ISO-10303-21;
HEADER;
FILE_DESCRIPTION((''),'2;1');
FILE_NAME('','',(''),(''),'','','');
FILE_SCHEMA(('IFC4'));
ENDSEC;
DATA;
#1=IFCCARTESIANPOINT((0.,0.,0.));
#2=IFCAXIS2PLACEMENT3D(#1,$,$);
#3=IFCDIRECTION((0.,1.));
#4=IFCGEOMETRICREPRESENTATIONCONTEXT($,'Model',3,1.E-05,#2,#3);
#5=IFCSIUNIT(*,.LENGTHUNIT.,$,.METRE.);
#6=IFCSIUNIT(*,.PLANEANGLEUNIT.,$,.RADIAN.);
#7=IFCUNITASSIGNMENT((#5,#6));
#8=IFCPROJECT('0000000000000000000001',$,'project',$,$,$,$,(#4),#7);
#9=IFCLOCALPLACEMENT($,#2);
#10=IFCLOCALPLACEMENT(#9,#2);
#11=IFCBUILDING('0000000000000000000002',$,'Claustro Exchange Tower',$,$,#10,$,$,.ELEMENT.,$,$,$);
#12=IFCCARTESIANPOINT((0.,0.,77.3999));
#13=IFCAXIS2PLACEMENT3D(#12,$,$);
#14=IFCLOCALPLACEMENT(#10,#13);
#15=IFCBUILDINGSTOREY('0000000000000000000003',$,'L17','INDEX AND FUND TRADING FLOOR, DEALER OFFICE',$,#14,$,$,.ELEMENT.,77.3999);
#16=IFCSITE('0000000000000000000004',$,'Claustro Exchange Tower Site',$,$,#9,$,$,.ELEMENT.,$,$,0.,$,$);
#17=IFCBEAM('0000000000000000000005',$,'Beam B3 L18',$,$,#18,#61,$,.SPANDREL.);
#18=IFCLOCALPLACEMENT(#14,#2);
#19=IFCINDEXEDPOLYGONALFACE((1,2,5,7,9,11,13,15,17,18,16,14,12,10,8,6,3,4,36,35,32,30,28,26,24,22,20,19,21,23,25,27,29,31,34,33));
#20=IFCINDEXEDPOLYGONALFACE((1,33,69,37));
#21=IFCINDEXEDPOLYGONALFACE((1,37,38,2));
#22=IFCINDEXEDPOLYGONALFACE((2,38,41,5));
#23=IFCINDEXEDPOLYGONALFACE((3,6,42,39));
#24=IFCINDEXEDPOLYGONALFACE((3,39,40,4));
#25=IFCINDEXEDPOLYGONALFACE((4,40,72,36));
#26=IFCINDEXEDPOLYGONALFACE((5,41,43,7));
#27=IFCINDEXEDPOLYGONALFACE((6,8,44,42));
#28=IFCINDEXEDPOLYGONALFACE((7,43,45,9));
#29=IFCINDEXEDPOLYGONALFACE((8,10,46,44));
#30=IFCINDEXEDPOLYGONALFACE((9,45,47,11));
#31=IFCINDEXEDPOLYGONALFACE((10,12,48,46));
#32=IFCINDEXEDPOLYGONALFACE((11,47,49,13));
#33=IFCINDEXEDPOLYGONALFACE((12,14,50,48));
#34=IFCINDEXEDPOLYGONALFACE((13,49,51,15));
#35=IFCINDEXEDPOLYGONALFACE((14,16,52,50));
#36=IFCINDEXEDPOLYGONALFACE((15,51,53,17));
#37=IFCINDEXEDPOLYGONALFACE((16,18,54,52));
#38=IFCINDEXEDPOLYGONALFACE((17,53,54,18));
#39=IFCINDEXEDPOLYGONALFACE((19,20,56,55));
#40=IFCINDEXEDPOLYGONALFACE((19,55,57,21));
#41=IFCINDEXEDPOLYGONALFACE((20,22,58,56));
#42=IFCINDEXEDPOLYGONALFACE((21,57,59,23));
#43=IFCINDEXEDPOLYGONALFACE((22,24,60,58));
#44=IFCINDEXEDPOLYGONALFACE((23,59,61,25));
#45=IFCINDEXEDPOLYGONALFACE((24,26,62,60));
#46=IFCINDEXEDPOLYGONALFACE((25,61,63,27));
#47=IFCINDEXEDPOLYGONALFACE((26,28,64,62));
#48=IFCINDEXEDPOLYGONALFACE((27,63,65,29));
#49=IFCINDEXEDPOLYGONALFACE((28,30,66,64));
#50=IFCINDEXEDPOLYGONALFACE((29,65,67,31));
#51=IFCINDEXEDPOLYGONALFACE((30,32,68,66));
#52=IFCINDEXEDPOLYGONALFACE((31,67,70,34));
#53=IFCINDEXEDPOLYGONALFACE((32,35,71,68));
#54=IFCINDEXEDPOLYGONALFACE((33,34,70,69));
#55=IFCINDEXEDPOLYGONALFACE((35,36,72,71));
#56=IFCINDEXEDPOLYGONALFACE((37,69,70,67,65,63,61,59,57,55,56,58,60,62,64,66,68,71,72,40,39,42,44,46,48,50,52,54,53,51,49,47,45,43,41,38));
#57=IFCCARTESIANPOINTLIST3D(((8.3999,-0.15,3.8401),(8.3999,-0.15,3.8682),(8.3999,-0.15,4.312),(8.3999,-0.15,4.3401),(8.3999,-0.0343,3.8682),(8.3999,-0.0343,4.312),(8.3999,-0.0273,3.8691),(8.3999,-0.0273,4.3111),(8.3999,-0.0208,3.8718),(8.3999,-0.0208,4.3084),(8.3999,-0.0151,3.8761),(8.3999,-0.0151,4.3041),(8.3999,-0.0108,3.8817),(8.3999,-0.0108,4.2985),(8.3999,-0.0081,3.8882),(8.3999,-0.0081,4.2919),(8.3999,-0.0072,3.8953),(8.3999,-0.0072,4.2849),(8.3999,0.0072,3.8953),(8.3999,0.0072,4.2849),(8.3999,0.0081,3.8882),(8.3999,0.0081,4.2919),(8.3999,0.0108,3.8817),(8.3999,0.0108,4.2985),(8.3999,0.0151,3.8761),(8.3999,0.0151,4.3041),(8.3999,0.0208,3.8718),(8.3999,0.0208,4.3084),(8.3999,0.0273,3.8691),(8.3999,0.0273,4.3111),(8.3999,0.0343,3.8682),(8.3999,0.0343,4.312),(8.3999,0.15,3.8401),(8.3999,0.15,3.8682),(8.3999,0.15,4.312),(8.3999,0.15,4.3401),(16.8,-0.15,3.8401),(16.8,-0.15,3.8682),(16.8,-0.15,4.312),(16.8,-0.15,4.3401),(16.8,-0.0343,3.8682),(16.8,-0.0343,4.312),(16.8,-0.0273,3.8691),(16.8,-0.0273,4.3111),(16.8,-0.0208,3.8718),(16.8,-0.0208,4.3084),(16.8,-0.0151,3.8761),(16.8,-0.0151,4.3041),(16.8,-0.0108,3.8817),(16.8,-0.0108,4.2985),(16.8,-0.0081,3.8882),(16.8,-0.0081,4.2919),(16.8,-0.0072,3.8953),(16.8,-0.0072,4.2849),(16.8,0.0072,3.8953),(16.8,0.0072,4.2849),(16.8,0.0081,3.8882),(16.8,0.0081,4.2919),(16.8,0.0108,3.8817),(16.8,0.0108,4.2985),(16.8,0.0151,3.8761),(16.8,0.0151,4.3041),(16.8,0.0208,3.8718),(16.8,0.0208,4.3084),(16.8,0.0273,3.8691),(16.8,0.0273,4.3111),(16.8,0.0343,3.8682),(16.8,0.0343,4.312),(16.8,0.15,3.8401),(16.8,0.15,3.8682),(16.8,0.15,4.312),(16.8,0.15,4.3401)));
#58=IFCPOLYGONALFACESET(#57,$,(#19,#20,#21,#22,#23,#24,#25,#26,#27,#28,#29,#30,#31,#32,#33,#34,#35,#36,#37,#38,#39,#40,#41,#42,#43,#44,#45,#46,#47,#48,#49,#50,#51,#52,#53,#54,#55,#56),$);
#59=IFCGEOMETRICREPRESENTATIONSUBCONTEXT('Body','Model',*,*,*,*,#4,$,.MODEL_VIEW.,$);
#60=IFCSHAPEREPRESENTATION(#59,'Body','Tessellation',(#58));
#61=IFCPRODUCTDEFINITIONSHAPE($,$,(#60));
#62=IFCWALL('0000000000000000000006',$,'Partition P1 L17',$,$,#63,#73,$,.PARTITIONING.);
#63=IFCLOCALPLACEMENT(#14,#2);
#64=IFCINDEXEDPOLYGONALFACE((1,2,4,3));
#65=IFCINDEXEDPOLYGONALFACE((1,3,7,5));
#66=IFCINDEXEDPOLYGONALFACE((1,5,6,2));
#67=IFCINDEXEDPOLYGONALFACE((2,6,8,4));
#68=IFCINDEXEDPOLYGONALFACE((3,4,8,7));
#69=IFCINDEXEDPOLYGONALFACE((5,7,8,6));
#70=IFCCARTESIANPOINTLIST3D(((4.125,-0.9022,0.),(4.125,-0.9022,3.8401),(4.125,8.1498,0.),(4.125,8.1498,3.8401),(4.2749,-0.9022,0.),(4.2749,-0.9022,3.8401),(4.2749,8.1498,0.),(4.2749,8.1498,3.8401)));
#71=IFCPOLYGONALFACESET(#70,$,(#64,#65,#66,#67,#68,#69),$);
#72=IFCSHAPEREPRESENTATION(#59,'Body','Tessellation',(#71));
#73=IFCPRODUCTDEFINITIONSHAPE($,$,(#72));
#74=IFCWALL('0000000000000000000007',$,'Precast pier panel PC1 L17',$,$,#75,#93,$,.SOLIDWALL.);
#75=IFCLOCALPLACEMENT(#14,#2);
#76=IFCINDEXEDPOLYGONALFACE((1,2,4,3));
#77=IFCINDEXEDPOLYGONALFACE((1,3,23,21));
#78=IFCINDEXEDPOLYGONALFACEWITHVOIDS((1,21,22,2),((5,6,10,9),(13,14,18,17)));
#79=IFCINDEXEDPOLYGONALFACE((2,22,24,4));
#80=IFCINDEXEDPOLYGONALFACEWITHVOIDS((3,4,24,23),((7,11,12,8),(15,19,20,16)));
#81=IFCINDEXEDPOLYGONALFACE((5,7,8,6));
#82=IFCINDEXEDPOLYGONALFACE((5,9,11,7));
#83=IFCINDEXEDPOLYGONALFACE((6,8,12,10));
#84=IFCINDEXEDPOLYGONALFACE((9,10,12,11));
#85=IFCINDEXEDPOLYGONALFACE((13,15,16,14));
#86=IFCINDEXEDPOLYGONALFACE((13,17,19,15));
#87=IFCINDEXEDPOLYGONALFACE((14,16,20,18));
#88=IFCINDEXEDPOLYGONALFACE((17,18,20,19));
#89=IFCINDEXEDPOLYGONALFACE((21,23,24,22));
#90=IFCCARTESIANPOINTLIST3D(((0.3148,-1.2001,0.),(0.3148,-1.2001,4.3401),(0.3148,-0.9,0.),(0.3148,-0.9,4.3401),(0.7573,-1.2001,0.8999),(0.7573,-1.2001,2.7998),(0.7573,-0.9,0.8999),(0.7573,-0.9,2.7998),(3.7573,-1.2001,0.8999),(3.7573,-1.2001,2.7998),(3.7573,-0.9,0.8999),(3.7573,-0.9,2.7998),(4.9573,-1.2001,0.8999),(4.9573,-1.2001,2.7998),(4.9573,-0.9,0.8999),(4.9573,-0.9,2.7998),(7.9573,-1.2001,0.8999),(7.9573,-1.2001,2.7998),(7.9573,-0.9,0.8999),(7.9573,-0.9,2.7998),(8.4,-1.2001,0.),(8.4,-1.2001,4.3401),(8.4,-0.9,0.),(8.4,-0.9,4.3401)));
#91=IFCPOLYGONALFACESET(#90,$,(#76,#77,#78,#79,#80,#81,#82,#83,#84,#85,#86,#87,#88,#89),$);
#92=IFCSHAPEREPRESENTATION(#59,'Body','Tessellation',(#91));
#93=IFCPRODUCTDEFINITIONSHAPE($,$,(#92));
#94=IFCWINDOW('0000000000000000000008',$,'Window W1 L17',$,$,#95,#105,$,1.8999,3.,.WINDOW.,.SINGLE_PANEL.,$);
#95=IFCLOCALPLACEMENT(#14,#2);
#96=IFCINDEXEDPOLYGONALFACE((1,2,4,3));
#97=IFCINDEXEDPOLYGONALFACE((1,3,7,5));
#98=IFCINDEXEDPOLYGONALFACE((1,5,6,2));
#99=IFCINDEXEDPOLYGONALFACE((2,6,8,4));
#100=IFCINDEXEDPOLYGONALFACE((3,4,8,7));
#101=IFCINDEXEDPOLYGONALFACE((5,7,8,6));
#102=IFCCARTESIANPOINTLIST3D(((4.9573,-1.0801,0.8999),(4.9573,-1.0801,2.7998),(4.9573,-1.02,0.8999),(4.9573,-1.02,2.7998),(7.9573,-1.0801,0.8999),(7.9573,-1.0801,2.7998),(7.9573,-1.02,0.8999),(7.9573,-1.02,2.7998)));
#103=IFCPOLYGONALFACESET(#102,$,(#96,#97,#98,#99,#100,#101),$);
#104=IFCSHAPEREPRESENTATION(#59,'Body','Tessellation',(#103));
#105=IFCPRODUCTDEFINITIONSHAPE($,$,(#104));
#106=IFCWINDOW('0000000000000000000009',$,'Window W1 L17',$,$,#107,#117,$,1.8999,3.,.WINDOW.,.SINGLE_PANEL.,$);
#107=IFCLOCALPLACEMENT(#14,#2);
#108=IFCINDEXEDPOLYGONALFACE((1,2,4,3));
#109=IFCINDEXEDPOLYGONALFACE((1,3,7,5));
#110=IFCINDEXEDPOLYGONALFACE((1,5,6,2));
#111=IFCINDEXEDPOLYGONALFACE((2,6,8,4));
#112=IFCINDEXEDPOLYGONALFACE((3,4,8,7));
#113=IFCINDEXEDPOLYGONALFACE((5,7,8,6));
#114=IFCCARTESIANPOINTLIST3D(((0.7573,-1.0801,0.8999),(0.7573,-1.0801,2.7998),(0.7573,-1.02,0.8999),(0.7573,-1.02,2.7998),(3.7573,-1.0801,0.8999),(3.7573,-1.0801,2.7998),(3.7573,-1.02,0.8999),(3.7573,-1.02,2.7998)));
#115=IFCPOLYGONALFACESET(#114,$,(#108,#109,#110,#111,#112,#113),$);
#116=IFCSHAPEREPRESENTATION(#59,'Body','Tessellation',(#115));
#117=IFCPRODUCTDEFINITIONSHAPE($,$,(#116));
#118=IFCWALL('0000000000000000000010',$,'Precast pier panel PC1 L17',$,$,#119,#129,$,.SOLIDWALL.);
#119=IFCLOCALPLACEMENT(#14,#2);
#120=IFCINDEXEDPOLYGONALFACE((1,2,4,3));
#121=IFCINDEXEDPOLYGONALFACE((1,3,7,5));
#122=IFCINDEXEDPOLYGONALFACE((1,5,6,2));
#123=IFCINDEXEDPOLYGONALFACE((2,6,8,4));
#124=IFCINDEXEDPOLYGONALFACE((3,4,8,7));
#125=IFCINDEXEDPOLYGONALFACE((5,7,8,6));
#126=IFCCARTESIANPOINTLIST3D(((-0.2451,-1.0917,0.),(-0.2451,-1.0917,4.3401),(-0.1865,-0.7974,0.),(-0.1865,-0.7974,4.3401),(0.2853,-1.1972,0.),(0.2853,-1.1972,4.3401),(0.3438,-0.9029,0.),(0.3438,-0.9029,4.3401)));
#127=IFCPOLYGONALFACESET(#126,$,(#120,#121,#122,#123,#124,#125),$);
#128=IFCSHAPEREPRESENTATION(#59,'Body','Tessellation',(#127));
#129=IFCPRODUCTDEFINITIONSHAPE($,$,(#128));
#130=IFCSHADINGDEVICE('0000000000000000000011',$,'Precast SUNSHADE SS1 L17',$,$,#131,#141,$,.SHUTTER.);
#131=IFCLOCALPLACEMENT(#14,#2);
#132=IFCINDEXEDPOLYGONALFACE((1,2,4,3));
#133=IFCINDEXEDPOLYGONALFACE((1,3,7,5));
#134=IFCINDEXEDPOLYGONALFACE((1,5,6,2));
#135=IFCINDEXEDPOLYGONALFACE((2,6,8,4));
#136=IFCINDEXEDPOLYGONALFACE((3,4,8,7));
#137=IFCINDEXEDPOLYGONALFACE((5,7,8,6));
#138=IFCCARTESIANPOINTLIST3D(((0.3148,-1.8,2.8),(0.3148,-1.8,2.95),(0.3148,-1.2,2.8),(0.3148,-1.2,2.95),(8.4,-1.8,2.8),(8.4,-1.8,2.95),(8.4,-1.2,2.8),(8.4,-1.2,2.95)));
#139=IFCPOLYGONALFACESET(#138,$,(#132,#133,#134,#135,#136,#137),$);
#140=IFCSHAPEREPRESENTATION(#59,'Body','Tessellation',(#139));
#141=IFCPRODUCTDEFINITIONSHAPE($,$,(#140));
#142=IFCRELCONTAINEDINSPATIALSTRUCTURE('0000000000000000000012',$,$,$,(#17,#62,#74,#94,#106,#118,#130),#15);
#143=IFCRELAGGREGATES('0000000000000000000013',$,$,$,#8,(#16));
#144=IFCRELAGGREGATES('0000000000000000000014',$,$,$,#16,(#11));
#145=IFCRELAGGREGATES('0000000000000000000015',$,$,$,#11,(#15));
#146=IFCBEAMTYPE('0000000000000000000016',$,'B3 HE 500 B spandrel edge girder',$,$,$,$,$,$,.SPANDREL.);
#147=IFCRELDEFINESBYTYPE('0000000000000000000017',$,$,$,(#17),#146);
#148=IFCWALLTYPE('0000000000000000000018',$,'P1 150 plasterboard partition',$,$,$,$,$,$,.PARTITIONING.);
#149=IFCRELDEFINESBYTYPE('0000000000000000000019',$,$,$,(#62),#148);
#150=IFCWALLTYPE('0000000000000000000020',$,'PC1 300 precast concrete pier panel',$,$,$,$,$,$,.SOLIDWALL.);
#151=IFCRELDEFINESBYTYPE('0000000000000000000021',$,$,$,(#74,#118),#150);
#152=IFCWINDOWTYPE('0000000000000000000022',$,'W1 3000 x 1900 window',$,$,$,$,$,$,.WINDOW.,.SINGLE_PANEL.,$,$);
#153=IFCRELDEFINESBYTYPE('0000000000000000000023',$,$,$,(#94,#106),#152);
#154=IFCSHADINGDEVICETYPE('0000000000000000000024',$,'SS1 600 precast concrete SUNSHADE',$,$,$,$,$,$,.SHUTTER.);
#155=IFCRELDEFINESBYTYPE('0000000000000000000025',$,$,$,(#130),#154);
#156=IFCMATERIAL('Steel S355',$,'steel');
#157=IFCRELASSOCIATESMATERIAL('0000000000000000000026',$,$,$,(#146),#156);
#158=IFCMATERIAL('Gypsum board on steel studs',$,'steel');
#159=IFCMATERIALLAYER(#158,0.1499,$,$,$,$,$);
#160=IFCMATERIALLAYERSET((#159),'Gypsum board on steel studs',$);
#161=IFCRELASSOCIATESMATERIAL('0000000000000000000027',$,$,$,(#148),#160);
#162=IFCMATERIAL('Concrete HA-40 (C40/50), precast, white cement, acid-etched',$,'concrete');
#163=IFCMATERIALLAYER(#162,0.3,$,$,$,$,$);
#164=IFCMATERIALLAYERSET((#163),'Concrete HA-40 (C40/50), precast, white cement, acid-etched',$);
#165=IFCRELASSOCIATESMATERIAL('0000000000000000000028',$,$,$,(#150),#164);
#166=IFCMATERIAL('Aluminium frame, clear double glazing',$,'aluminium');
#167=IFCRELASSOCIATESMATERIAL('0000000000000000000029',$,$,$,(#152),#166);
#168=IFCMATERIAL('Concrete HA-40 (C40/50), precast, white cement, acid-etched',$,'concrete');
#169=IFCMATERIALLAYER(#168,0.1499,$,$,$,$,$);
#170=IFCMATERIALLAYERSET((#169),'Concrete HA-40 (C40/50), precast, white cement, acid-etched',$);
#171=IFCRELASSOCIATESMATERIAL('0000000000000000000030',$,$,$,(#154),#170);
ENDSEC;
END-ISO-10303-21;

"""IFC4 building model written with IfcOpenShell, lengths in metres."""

from ifc_helpers import new_model, si_unit, direction, frame, frame_2d, origin, origin_2d, place, context, subcontext, project, spatial, rectangle, i_section, extrude, material, layer, layer_set, material_profile, profile_set, type_object, element, fill, save


model = new_model("IFC4")

# Units and contexts
model_context = context("Model", 3, precision=1e-05, world=origin(), true_north=direction((0.0, 1.0)))
body_context = subcontext(model_context, "Body", "Model", "MODEL_VIEW")
ifc_project = project(units=[si_unit("LENGTHUNIT", "METRE"), si_unit("PLANEANGLEUNIT", "RADIAN")], contexts=[model_context])

# Site, building, storey
site_placement = place(None, origin())
site = spatial("IfcSite", under=ifc_project, at=site_placement, Name="Claustro Exchange Tower Site", CompositionType="ELEMENT", RefElevation=0.0)
building_placement = place(site_placement, origin())
building = spatial("IfcBuilding", under=site, at=building_placement, Name="Claustro Exchange Tower", CompositionType="ELEMENT")
storey_placement = place(building_placement, frame((0.0, 0.0, 77.3999)))
storey = spatial("IfcBuildingStorey", under=building, at=storey_placement, Name="L17", Description="INDEX AND FUND TRADING FLOOR, DEALER OFFICE", CompositionType="ELEMENT", Elevation=77.3999)

# Beam
ifc_material_1 = material(Name="Steel S355", Category="steel")
ifc_material_profile_1 = material_profile(ifc_material_1, i_section(OverallWidth=0.3, OverallDepth=0.5, WebThickness=0.0144, FlangeThickness=0.0281, FilletRadius=0.0271, at=origin_2d()), Name="HE 500 B")
ifc_profile_set_1 = profile_set([ifc_material_profile_1], Name="Steel S355")
beam_type_1 = type_object("IfcBeamType", Name="B3 HE 500 B spandrel edge girder", PredefinedType="SPANDREL", material=ifc_profile_set_1)
beam_1_placement = place(storey_placement, frame((8.3999, 0.0, 4.0901), z_axis=(1.0, 0.0, 0.0), x_axis=(0.0, 1.0, 0.0)))
element("IfcBeam", 1, at=beam_1_placement, inside=storey, type_object=beam_type_1, Name="Beam B3 L18", PredefinedType="SPANDREL", context=body_context, shape_type="SweptSolid", body=[
    extrude(i_section(OverallWidth=0.3, OverallDepth=0.5, WebThickness=0.0144, FlangeThickness=0.0281, FilletRadius=0.0271, at=origin_2d()), origin(), (0.0, 0.0, 1.0), 8.4001),
])

# Wall
ifc_material_2 = material(Name="Gypsum board on steel studs", Category="steel")
ifc_layer_1 = layer(ifc_material_2, 0.1499)
ifc_layer_set_1 = layer_set([ifc_layer_1], Name="Gypsum board on steel studs")
wall_type_1 = type_object("IfcWallType", Name="P1 150 plasterboard partition", PredefinedType="PARTITIONING", material=ifc_layer_set_1)
wall_1_placement = place(storey_placement, frame((4.2, -0.9021, 0.0), z_axis=(0.0, 0.0, 1.0), x_axis=(0.0, 1.0, 0.0)))
element("IfcWall", 2, at=wall_1_placement, inside=storey, type_object=wall_type_1, Name="Partition P1 L17", PredefinedType="PARTITIONING", context=body_context, shape_type="SweptSolid", body=[
    extrude(rectangle(XDim=9.052, YDim=0.1499, at=frame_2d((4.5259, 0.0))), origin(), (0.0, 0.0, 1.0), 3.8401),
])

# Wall, openings, windows
ifc_material_3 = material(Name="Concrete HA-40 (C40/50), precast, white cement, acid-etched", Category="concrete")
ifc_layer_2 = layer(ifc_material_3, 0.3)
ifc_layer_set_2 = layer_set([ifc_layer_2], Name="Concrete HA-40 (C40/50), precast, white cement, acid-etched")
wall_type_2 = type_object("IfcWallType", Name="PC1 300 precast concrete pier panel", PredefinedType="SOLIDWALL", material=ifc_layer_set_2)
wall_2_placement = place(storey_placement, frame((8.3999, -1.05, 0.0), z_axis=(0.0, 0.0, 1.0), x_axis=(-1.0, 0.0, 0.0)))
wall_2 = element("IfcWall", 3, at=wall_2_placement, inside=storey, type_object=wall_type_2, Name="Precast pier panel PC1 L17", PredefinedType="SOLIDWALL", context=body_context, shape_type="SweptSolid", body=[
    extrude(rectangle(XDim=8.0852, YDim=0.3, at=frame_2d((4.0425, 0.0))), origin(), (0.0, 0.0, 1.0), 4.3401),
])
opening_1_placement = place(wall_2_placement, frame((0.4426, 0.0, 0.8999)))
opening_1 = element("IfcOpeningElement", 4, at=opening_1_placement, cuts=wall_2, PredefinedType="OPENING", context=body_context, shape_type="SweptSolid", body=[
    extrude(rectangle(XDim=3.0, YDim=1.8999, at=frame_2d((1.5, 0.95))), frame((0.0, 0.1599, 0.0), z_axis=(0.0, -1.0, 0.0), x_axis=(1.0, 0.0, 0.0)), (0.0, 0.0, 1.0), 0.3201),
])
opening_2_placement = place(wall_2_placement, frame((4.6426, 0.0, 0.8999)))
opening_2 = element("IfcOpeningElement", 5, at=opening_2_placement, cuts=wall_2, PredefinedType="OPENING", context=body_context, shape_type="SweptSolid", body=[
    extrude(rectangle(XDim=3.0, YDim=1.8999, at=frame_2d((1.5, 0.95))), frame((0.0, 0.1599, 0.0), z_axis=(0.0, -1.0, 0.0), x_axis=(1.0, 0.0, 0.0)), (0.0, 0.0, 1.0), 0.3201),
])
ifc_material_4 = material(Name="Aluminium frame, clear double glazing", Category="aluminium")
window_type = type_object("IfcWindowType", Name="W1 3000 x 1900 window", PartitioningType="SINGLE_PANEL", PredefinedType="WINDOW", material=ifc_material_4)
window_1_placement = place(opening_1_placement, origin())
window_1 = element("IfcWindow", 6, at=window_1_placement, inside=storey, type_object=window_type, Name="Window W1 L17", OverallHeight=1.8999, OverallWidth=3.0, PartitioningType="SINGLE_PANEL", PredefinedType="WINDOW", context=body_context, shape_type="SweptSolid", body=[
    extrude(rectangle(XDim=3.0, YDim=1.8999, at=frame_2d((1.5, 0.95))), frame((0.0, 0.03, 0.0), z_axis=(0.0, -1.0, 0.0), x_axis=(1.0, 0.0, 0.0)), (0.0, 0.0, 1.0), 0.0601),
])
fill(opening_1, window_1)
window_2_placement = place(opening_2_placement, origin())
window_2 = element("IfcWindow", 7, at=window_2_placement, inside=storey, type_object=window_type, Name="Window W1 L17", OverallHeight=1.8999, OverallWidth=3.0, PartitioningType="SINGLE_PANEL", PredefinedType="WINDOW", context=body_context, shape_type="SweptSolid", body=[
    extrude(rectangle(XDim=3.0, YDim=1.8999, at=frame_2d((1.5, 0.95))), frame((0.0, 0.03, 0.0), z_axis=(0.0, -1.0, 0.0), x_axis=(1.0, 0.0, 0.0)), (0.0, 0.0, 1.0), 0.0601),
])
fill(opening_2, window_2)

# Wall
wall_3_placement = place(storey_placement, frame((0.3147, -1.05, 0.0), z_axis=(0.0, 0.0, 1.0), x_axis=(-0.980789, 0.195074, 0.0)))
element("IfcWall", 8, at=wall_3_placement, inside=storey, type_object=wall_type_2, Name="Precast pier panel PC1 L17", PredefinedType="SOLIDWALL", context=body_context, shape_type="SweptSolid", body=[
    extrude(rectangle(XDim=0.5408, YDim=0.3, at=frame_2d((0.2705, 0.0))), origin(), (0.0, 0.0, 1.0), 4.3401),
])

# Shading device
ifc_material_5 = material(Name="Concrete HA-40 (C40/50), precast, white cement, acid-etched", Category="concrete")
ifc_layer_3 = layer(ifc_material_5, 0.1499)
ifc_layer_set_3 = layer_set([ifc_layer_3], Name="Concrete HA-40 (C40/50), precast, white cement, acid-etched")
shading_device_type = type_object("IfcShadingDeviceType", Name="SS1 600 precast concrete SUNSHADE", PredefinedType="SHUTTER", material=ifc_layer_set_3)
shading_device_placement = place(storey_placement, frame((4.3574, -1.5, 2.8), z_axis=(0.0, 0.0, 1.0), x_axis=(-1.0, 0.0, 0.0)))
element("IfcShadingDevice", 9, at=shading_device_placement, inside=storey, type_object=shading_device_type, Name="Precast SUNSHADE SS1 L17", PredefinedType="SHUTTER", context=body_context, shape_type="SweptSolid", body=[
    extrude(rectangle(XDim=8.0852, YDim=0.6001, at=origin_2d()), origin(), (0.0, 0.0, 1.0), 0.1499),
])

save(model, "model.ifc")
